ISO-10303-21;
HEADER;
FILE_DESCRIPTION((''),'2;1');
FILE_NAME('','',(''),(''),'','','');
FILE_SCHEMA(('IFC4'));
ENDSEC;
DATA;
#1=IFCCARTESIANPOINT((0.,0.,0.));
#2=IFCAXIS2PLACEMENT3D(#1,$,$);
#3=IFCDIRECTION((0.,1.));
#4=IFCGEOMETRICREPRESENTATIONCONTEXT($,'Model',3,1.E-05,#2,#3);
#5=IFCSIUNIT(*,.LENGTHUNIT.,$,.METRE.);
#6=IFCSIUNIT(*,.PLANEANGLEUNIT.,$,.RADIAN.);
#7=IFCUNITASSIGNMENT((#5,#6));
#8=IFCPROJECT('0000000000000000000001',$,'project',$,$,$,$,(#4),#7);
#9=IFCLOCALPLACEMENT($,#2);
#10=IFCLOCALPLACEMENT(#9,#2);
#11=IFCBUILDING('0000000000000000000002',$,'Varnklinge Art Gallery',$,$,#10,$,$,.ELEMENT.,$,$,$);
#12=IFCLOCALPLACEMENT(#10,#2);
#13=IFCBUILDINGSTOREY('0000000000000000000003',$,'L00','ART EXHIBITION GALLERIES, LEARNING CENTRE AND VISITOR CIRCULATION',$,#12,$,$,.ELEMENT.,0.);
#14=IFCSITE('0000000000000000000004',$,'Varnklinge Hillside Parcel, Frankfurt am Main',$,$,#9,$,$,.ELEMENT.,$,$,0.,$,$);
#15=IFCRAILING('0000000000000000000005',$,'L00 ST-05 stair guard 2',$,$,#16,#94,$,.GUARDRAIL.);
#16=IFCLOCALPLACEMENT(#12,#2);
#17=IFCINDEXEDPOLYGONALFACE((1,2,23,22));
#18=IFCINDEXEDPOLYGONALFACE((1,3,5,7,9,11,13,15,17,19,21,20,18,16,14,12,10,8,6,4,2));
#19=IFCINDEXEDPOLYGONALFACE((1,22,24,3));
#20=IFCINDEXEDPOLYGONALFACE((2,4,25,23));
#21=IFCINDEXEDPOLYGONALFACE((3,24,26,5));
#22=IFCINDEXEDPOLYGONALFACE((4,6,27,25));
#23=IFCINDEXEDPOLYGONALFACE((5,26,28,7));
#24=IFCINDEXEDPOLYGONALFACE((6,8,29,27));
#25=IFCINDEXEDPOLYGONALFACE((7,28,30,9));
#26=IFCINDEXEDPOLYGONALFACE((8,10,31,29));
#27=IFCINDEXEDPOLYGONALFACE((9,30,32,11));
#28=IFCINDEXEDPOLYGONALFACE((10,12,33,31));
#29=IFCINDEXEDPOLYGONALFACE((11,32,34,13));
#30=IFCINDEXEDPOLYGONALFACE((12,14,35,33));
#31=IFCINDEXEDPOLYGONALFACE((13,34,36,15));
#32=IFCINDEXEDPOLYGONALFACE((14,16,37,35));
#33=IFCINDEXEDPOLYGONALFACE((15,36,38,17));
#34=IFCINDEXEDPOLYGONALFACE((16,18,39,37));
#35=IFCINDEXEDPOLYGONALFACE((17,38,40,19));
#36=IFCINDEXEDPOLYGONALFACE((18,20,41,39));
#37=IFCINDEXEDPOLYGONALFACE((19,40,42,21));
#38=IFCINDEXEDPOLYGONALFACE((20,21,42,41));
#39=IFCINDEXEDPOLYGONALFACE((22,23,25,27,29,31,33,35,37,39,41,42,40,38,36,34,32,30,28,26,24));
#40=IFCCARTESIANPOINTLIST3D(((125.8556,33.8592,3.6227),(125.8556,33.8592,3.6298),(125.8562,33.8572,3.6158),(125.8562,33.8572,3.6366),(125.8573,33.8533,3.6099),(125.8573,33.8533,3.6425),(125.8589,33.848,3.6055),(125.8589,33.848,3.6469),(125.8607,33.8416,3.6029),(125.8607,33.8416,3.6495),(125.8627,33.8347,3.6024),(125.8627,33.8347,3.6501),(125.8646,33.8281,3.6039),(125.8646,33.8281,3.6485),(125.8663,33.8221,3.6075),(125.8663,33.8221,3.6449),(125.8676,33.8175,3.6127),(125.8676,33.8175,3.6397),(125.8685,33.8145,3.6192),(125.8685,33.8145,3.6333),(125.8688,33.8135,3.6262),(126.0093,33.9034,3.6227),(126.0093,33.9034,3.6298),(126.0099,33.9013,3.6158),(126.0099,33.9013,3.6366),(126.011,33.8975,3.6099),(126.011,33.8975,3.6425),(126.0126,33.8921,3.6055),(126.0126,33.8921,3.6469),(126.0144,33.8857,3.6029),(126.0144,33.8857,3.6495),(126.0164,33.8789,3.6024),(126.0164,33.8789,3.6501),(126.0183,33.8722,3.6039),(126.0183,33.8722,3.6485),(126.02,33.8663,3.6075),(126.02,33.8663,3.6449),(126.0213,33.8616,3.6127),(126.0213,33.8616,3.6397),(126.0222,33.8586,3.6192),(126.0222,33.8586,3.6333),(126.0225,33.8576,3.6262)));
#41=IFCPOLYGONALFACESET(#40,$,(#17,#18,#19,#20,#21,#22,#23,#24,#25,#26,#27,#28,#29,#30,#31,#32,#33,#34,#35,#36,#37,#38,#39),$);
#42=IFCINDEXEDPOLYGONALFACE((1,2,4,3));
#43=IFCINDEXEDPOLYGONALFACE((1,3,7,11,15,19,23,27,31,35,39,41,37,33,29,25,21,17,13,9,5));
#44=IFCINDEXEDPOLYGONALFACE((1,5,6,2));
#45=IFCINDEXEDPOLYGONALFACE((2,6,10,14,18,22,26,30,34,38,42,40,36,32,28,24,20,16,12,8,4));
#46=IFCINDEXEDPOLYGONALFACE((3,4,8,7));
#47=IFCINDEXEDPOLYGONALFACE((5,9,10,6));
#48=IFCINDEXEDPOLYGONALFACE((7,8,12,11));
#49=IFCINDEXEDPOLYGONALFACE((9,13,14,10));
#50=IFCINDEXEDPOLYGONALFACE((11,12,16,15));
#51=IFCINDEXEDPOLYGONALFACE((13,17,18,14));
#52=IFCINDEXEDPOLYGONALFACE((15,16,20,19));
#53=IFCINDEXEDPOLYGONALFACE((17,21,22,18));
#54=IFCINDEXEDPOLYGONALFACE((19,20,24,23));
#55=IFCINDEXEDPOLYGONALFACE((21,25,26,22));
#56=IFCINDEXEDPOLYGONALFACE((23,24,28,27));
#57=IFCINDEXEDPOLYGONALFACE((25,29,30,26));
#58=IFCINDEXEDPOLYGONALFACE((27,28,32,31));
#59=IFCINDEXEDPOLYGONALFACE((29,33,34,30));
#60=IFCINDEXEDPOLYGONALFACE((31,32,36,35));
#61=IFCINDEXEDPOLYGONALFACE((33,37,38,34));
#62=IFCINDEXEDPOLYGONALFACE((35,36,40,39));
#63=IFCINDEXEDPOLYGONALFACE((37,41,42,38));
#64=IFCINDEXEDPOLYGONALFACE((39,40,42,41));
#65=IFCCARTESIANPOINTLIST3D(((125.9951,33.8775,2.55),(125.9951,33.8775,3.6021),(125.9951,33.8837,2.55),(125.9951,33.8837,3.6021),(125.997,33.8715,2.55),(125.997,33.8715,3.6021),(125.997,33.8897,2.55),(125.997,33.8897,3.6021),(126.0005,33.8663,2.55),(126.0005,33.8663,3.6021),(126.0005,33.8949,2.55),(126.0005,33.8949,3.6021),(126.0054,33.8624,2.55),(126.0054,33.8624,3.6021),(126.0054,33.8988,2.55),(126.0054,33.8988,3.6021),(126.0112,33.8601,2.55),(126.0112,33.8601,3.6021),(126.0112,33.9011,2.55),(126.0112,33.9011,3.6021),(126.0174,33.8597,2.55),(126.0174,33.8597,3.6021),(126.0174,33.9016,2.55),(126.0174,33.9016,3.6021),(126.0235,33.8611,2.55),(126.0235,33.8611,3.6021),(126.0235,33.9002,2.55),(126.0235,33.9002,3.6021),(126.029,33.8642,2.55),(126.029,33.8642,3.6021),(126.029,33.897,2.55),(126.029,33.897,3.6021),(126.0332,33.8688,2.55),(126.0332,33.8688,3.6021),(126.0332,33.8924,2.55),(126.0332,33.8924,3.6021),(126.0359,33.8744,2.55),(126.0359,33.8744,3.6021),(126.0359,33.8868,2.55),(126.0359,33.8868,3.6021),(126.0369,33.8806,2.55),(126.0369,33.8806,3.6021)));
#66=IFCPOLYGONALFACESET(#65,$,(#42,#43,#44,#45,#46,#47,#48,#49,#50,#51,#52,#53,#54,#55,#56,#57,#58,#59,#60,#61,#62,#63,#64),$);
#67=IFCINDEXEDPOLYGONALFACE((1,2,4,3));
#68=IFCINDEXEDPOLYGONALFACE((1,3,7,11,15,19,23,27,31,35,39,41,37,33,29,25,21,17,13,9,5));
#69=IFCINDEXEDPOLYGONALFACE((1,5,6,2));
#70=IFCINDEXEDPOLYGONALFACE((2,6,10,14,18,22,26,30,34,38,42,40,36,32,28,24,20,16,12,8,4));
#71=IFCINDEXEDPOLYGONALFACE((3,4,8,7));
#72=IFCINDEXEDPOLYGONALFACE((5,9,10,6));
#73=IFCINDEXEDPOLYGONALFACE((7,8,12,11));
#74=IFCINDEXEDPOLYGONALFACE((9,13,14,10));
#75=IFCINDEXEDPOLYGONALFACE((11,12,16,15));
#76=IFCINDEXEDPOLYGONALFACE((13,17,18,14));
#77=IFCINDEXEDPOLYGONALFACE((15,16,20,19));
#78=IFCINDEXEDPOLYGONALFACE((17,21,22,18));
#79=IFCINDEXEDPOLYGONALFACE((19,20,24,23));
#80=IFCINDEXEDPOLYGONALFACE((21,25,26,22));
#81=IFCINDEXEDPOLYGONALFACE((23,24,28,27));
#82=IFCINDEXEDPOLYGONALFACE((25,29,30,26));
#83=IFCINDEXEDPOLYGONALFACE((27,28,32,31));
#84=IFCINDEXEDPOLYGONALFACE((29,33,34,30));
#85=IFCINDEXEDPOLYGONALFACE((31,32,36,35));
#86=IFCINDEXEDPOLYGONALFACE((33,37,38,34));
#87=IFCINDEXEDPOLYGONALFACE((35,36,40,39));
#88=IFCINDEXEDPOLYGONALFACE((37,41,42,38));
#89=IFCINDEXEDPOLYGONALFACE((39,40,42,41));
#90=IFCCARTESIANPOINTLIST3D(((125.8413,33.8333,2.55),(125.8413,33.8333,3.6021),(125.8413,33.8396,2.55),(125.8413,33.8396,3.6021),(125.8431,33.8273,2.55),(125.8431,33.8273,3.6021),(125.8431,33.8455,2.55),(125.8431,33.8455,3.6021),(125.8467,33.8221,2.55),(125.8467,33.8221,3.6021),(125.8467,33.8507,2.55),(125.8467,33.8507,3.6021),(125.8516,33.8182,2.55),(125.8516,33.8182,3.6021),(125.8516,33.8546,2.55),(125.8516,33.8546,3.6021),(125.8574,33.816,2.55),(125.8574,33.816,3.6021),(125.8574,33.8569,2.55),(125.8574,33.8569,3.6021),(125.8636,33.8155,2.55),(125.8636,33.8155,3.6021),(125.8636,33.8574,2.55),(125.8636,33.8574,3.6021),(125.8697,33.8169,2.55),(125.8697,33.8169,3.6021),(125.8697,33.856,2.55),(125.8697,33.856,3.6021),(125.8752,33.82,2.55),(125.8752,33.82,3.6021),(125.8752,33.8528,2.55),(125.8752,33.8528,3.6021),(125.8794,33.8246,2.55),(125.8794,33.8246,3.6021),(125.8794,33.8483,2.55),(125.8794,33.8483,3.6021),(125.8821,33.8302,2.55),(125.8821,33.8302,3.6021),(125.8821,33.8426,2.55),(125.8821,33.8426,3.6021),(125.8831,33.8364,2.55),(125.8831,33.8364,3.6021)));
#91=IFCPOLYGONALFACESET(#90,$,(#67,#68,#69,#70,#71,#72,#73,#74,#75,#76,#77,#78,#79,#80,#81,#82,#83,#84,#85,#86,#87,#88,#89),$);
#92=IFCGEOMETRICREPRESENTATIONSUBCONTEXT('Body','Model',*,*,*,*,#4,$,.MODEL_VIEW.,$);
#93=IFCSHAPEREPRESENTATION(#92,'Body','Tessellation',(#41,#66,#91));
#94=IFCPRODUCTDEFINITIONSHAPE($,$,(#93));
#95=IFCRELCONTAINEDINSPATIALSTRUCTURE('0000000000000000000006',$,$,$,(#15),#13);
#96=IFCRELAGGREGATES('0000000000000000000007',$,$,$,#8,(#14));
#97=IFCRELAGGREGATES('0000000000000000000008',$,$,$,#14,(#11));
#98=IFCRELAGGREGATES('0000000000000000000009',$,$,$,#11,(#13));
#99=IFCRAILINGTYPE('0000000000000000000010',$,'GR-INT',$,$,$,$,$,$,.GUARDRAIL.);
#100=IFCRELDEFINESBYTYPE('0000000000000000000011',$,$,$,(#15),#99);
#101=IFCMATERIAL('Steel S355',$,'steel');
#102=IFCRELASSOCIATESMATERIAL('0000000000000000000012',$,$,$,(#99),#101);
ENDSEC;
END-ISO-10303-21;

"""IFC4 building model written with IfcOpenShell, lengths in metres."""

from ifc_helpers import new_model, si_unit, direction, frame, origin, origin_2d, place, context, subcontext, project, spatial, circle, extrude, material, type_object, element, save


model = new_model("IFC4")

# Units and contexts
model_context = context("Model", 3, precision=1e-05, world=origin(), true_north=direction((0.0, 1.0)))
body_context = subcontext(model_context, "Body", "Model", "MODEL_VIEW")
ifc_project = project(units=[si_unit("LENGTHUNIT", "METRE"), si_unit("PLANEANGLEUNIT", "RADIAN")], contexts=[model_context])

# Site, building, storey
site_placement = place(None, origin())
site = spatial("IfcSite", under=ifc_project, at=site_placement, Name="Varnklinge Hillside Parcel, Frankfurt am Main", CompositionType="ELEMENT", RefElevation=0.0)
building_placement = place(site_placement, origin())
building = spatial("IfcBuilding", under=site, at=building_placement, Name="Varnklinge Art Gallery", CompositionType="ELEMENT")
storey_placement = place(building_placement, origin())
storey = spatial("IfcBuildingStorey", under=building, at=storey_placement, Name="L00", Description="ART EXHIBITION GALLERIES, LEARNING CENTRE AND VISITOR CIRCULATION", CompositionType="ELEMENT", Elevation=0.0)

# Railing
ifc_material_1 = material(Name="Steel S355", Category="steel")
railing_type_1 = type_object("IfcRailingType", Name="GR-INT", PredefinedType="GUARDRAIL", material=ifc_material_1)
railing_1_placement = place(storey_placement, frame((126.0159, 33.8806, 2.55)))
element("IfcRailing", 1, at=railing_1_placement, inside=storey, type_object=railing_type_1, Name="L00 ST-05 stair guard 2", PredefinedType="GUARDRAIL", context=body_context, shape_type="SweptSolid", body=[
    extrude(circle(Radius=0.0239, at=origin_2d()), frame((0.0, 0.0, 1.0762), z_axis=(-0.96112, -0.276131, 0.0), x_axis=(0.276131, -0.96112, 0.0)), (0.0, 0.0, 1.0), 0.1599),
    extrude(circle(Radius=0.021, at=origin_2d()), origin(), (0.0, 0.0, 1.0), 1.052),
    extrude(circle(Radius=0.021, at=origin_2d()), frame((-0.1538, -0.0442, 0.0)), (0.0, 0.0, 1.0), 1.052),
])

save(model, "model.ifc")
